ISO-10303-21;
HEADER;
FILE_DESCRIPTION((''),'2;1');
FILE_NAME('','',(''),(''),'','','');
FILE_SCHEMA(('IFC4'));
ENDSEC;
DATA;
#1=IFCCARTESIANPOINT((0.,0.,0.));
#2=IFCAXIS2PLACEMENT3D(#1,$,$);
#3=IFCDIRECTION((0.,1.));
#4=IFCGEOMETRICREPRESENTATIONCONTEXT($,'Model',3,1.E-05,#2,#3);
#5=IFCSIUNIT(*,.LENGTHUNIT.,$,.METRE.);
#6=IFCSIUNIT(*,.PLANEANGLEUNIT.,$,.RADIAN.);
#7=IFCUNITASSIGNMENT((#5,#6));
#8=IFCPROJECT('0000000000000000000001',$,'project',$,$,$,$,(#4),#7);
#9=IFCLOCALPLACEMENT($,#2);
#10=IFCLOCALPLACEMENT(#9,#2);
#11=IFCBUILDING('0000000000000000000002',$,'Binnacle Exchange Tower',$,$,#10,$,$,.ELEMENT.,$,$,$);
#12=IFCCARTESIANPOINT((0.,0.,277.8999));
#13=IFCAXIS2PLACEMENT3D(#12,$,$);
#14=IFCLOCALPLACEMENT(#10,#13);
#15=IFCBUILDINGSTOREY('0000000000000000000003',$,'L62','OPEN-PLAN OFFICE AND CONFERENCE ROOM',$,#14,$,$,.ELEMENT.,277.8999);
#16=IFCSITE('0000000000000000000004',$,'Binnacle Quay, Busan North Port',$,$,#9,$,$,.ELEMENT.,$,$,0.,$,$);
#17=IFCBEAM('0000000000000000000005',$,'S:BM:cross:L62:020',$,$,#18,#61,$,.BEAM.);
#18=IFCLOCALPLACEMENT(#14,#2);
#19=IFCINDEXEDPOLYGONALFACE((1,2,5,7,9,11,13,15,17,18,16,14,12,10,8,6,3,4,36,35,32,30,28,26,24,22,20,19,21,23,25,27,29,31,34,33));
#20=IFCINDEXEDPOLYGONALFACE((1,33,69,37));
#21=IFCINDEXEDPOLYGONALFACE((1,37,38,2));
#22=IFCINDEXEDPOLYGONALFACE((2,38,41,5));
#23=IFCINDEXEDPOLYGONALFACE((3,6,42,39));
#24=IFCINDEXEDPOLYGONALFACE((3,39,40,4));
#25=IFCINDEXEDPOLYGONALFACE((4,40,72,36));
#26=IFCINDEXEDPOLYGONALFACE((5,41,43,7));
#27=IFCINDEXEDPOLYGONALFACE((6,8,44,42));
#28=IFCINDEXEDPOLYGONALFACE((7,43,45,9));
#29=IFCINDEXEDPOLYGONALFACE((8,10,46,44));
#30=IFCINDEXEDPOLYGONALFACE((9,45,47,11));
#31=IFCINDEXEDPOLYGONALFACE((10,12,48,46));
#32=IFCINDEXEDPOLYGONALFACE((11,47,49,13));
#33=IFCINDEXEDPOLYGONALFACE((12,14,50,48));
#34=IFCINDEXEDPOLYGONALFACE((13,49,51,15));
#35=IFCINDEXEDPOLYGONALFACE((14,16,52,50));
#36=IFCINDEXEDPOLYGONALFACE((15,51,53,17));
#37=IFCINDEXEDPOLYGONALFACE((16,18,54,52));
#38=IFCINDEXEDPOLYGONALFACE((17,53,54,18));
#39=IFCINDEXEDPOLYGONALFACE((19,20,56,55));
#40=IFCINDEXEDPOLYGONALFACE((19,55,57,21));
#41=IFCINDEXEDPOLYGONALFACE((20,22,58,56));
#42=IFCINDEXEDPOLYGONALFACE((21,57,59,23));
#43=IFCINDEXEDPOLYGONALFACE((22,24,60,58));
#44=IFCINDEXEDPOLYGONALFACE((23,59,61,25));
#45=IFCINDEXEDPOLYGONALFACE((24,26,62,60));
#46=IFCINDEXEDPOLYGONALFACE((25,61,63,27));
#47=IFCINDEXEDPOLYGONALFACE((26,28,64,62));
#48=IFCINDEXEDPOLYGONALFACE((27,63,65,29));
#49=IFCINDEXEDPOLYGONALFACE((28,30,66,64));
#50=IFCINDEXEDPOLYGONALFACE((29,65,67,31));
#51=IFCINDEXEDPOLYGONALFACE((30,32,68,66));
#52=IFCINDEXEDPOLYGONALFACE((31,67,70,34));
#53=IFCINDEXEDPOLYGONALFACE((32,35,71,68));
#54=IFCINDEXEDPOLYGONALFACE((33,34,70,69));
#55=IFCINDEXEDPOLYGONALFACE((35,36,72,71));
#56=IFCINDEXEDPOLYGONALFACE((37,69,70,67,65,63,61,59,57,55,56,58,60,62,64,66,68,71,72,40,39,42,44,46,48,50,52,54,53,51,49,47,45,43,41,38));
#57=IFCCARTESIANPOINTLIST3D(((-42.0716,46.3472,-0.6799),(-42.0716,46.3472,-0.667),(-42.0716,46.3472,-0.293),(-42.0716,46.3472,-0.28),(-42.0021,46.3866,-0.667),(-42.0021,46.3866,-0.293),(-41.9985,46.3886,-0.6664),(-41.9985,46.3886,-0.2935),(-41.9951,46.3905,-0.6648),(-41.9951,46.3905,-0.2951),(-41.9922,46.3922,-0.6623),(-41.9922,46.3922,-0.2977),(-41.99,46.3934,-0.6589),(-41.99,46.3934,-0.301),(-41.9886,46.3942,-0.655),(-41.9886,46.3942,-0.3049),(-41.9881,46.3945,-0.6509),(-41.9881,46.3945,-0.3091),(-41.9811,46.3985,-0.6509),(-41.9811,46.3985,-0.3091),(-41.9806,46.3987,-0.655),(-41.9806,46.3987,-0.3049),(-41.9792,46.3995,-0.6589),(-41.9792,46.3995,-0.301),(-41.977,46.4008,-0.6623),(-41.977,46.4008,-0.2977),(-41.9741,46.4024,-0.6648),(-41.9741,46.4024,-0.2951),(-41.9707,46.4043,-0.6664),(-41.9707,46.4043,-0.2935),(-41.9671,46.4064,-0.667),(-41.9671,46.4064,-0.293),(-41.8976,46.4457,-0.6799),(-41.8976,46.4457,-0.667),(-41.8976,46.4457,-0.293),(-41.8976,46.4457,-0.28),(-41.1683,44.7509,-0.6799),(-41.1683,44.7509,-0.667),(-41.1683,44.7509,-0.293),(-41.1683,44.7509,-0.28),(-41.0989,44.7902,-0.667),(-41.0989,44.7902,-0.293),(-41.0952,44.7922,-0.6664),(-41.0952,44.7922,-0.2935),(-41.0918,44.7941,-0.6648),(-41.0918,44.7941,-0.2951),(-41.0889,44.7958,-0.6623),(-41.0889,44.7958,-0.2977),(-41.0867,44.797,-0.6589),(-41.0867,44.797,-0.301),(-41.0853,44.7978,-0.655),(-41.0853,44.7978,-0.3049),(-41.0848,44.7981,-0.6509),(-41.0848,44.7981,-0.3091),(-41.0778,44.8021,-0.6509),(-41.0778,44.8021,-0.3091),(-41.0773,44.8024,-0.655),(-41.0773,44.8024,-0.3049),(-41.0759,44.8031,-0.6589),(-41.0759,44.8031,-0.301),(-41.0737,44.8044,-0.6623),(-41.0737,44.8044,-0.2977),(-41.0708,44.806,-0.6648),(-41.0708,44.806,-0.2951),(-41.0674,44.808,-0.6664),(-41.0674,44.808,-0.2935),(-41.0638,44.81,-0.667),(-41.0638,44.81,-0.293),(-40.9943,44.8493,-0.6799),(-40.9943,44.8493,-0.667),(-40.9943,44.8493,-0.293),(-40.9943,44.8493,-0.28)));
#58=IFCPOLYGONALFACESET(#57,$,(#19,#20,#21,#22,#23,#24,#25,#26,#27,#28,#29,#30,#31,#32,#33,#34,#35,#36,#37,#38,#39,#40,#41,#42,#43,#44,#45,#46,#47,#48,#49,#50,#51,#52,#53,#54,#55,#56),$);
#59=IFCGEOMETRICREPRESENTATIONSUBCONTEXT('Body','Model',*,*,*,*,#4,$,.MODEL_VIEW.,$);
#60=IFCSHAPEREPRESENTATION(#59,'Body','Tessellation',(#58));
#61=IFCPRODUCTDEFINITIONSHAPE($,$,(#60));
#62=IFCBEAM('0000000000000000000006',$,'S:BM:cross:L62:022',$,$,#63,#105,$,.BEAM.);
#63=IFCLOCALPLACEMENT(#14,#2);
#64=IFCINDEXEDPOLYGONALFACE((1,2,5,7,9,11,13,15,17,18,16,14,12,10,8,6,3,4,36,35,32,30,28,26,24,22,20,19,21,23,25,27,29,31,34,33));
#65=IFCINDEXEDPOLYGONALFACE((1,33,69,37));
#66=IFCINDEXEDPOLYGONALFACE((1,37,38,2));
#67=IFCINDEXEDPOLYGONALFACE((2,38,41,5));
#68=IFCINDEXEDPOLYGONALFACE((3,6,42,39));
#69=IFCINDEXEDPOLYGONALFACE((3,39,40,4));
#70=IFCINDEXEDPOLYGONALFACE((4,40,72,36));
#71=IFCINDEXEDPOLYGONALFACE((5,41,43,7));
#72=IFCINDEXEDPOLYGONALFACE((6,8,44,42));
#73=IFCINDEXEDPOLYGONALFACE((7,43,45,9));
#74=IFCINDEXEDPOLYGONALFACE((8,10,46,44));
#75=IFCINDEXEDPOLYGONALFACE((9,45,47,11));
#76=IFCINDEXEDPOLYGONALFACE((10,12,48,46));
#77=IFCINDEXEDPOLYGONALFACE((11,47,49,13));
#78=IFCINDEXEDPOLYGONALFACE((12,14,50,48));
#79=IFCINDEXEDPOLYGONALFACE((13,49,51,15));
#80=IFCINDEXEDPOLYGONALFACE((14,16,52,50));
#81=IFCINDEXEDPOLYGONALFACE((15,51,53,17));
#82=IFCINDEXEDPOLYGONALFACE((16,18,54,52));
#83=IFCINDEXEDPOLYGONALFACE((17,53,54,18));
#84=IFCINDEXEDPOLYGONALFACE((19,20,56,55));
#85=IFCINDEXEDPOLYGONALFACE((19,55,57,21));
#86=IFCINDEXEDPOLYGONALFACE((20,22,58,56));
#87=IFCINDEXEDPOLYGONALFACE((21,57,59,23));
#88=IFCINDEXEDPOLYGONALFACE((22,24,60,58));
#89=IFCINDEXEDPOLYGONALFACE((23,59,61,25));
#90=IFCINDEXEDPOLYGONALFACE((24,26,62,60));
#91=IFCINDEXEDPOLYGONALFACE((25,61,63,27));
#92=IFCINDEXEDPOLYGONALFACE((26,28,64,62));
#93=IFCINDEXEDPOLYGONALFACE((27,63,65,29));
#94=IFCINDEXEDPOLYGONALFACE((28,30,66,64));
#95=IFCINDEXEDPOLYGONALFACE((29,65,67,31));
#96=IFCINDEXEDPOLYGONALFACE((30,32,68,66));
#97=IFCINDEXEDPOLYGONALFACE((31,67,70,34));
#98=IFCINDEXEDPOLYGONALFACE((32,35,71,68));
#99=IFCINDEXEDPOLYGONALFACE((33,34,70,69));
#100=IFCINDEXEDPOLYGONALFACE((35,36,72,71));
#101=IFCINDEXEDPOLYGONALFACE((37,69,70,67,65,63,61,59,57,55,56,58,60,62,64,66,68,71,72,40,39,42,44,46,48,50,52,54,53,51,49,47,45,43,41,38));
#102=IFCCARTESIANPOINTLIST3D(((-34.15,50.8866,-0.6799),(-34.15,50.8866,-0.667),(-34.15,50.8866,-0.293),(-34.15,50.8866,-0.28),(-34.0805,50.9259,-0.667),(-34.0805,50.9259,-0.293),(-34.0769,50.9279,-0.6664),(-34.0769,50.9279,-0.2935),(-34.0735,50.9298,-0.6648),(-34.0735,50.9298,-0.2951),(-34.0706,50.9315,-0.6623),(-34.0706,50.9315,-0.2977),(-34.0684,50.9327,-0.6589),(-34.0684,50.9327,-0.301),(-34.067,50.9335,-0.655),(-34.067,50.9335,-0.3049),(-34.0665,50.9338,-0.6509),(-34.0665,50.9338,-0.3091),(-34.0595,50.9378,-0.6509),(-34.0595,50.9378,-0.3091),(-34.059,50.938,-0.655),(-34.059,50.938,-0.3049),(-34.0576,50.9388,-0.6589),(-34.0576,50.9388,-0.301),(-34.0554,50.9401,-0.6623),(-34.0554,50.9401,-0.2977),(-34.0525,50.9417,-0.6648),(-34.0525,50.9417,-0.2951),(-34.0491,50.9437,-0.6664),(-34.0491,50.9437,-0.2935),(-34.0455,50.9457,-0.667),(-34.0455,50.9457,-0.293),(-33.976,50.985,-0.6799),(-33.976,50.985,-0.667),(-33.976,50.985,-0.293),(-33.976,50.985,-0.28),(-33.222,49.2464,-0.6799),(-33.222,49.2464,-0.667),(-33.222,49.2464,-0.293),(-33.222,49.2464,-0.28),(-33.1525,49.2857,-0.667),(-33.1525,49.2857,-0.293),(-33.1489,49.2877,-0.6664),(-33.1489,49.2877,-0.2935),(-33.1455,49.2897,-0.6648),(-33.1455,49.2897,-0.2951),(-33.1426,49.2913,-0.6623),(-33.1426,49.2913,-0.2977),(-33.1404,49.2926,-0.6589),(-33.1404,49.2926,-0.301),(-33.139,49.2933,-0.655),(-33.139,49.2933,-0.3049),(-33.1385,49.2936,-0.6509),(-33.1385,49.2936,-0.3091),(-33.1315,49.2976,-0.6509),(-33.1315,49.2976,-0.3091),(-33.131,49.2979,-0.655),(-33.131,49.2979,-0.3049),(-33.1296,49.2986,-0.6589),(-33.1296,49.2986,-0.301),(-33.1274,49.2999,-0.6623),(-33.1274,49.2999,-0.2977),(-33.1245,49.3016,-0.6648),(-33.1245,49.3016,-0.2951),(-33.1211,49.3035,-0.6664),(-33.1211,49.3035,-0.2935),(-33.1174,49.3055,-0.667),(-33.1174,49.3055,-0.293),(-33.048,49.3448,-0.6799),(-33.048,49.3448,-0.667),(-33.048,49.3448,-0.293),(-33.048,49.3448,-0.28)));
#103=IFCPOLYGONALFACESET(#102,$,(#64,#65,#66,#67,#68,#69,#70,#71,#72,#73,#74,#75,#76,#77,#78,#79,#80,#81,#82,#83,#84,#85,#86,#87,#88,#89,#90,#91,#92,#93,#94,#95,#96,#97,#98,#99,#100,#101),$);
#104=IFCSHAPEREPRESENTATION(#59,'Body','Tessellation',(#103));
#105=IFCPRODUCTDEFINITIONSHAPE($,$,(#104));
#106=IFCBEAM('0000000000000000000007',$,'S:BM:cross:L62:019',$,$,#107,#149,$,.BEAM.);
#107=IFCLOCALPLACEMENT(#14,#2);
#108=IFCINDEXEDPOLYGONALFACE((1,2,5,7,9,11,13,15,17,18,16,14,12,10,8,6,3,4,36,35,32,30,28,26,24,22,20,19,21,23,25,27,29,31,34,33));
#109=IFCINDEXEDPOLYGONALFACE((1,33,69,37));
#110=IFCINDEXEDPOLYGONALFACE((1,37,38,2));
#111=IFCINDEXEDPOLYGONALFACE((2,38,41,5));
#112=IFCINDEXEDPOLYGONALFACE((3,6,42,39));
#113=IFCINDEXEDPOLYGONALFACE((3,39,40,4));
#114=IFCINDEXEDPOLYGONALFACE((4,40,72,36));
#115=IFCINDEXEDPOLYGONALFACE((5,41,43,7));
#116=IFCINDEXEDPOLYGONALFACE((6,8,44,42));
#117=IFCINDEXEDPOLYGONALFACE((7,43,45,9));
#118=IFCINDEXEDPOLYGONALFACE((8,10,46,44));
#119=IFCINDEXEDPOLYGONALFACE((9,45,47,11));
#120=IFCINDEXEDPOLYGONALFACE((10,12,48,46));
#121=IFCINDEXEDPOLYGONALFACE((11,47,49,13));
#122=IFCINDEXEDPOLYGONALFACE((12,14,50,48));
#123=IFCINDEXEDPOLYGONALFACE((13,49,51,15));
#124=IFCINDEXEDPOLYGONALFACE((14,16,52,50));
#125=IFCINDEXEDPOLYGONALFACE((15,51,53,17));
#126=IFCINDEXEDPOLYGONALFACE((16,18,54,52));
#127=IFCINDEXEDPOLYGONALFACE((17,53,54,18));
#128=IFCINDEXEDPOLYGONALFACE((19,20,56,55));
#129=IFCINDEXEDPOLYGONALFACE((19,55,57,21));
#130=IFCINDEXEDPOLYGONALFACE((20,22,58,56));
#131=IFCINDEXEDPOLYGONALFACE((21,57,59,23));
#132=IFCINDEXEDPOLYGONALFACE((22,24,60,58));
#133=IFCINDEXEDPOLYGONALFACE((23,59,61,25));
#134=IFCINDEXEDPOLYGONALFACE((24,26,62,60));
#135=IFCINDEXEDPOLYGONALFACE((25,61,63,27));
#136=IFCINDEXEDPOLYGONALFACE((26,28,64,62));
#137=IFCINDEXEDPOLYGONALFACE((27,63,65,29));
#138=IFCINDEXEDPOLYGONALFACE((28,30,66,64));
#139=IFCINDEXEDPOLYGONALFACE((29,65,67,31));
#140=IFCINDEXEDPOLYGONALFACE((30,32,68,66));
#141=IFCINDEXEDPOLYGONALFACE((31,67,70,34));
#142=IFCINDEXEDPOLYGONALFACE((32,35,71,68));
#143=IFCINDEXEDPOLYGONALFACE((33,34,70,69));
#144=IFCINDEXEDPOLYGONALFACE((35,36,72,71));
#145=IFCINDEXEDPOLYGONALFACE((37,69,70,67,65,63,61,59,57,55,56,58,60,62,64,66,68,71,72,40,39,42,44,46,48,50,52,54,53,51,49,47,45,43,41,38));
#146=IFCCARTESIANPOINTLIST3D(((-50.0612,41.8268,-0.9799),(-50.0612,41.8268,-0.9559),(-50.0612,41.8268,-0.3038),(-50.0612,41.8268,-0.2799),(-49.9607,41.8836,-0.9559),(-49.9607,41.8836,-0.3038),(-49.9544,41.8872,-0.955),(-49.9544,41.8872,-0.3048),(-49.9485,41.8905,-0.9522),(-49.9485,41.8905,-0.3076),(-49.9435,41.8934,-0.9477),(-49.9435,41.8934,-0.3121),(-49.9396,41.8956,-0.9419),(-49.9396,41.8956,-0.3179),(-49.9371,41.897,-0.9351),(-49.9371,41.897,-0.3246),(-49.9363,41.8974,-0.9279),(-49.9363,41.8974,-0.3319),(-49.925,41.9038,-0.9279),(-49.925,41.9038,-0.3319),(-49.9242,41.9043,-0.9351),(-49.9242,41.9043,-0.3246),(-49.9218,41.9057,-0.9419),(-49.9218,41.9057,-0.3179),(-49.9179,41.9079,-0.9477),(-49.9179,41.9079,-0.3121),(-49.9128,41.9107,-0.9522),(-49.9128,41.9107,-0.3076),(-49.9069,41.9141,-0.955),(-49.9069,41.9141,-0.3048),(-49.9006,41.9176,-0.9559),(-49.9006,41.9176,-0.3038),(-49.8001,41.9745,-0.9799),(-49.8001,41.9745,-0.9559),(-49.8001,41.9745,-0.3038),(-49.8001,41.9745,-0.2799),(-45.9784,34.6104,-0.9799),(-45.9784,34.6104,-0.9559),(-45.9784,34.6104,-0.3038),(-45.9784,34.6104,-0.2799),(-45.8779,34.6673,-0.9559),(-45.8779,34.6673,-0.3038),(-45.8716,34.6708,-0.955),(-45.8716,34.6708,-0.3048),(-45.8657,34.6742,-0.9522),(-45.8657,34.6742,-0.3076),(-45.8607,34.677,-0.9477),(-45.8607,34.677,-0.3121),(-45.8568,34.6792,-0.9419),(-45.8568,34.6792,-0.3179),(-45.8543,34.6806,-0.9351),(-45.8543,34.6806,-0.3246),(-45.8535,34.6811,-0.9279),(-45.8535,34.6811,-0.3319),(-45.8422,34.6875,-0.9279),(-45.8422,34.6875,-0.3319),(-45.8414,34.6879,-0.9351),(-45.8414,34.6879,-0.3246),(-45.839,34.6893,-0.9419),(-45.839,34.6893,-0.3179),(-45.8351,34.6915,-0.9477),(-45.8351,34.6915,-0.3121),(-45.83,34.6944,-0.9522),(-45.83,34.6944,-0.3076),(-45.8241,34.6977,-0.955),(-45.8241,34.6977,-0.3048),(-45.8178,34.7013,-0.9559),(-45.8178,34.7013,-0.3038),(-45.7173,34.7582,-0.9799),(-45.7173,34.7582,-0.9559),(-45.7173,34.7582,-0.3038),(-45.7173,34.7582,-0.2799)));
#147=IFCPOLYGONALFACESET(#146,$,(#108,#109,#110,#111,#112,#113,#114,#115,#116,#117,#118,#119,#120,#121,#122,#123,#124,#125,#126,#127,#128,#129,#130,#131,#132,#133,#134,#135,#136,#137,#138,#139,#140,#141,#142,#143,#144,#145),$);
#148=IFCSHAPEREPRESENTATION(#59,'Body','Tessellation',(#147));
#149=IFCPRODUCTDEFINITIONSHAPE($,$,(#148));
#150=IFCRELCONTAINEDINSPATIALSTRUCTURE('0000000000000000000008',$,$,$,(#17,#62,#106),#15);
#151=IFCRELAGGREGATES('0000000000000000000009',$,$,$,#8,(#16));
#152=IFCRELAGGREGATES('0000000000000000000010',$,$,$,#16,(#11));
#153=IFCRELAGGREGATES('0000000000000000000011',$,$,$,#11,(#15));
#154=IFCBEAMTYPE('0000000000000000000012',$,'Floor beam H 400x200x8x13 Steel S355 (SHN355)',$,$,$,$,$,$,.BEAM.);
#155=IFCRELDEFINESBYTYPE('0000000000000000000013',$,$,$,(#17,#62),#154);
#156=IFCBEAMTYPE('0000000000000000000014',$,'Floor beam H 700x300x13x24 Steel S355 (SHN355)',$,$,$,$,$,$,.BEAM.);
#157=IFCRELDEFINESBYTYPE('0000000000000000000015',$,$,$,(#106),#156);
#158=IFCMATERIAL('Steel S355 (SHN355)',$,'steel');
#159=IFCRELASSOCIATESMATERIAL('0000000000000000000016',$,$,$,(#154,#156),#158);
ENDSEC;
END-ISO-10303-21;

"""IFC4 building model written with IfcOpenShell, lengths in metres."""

from ifc_helpers import new_model, si_unit, direction, frame, origin, origin_2d, place, context, subcontext, project, spatial, i_section, extrude, material, material_profile, profile_set, type_object, element, save


model = new_model("IFC4")

# Units and contexts
model_context = context("Model", 3, precision=1e-05, world=origin(), true_north=direction((0.0, 1.0)))
body_context = subcontext(model_context, "Body", "Model", "MODEL_VIEW")
ifc_project = project(units=[si_unit("LENGTHUNIT", "METRE"), si_unit("PLANEANGLEUNIT", "RADIAN")], contexts=[model_context])

# Site, building, storey
site_placement = place(None, origin())
site = spatial("IfcSite", under=ifc_project, at=site_placement, Name="Binnacle Quay, Busan North Port", CompositionType="ELEMENT", RefElevation=0.0)
building_placement = place(site_placement, origin())
building = spatial("IfcBuilding", under=site, at=building_placement, Name="Binnacle Exchange Tower", CompositionType="ELEMENT")
storey_placement = place(building_placement, frame((0.0, 0.0, 277.8999)))
storey = spatial("IfcBuildingStorey", under=building, at=storey_placement, Name="L62", Description="OPEN-PLAN OFFICE AND CONFERENCE ROOM", CompositionType="ELEMENT", Elevation=277.8999)

# Beams
ifc_material_1 = material(Name="Steel S355 (SHN355)", Category="steel")
ifc_material_profile_1 = material_profile(ifc_material_1, i_section(OverallWidth=0.2, OverallDepth=0.3999, WebThickness=0.0081, FlangeThickness=0.0129, FilletRadius=0.0161, at=origin_2d()), Name="H 400x200x8x13")
ifc_profile_set_1 = profile_set([ifc_material_profile_1], Name="Steel S355 (SHN355)")
beam_type_1 = type_object("IfcBeamType", Name="Floor beam H 400x200x8x13 Steel S355 (SHN355)", PredefinedType="BEAM", material=ifc_profile_set_1)
beam_1_placement = place(storey_placement, frame((-41.9846, 46.3965, -0.48), z_axis=(0.492465, -0.870332, 0.0), x_axis=(0.870332, 0.492465, 0.0)))
element("IfcBeam", 1, at=beam_1_placement, inside=storey, type_object=beam_type_1, Name="S:BM:cross:L62:020", PredefinedType="BEAM", context=body_context, shape_type="SweptSolid", body=[
    extrude(i_section(OverallWidth=0.2, OverallDepth=0.3999, WebThickness=0.0081, FlangeThickness=0.0129, FilletRadius=0.0161, at=origin_2d()), origin(), (0.0, 0.0, 1.0), 1.8342),
])
beam_2_placement = place(storey_placement, frame((-34.063, 50.9358, -0.48), z_axis=(0.492437, -0.870348, 0.0), x_axis=(0.870348, 0.492437, 0.0)))
element("IfcBeam", 2, at=beam_2_placement, inside=storey, type_object=beam_type_1, Name="S:BM:cross:L62:022", PredefinedType="BEAM", context=body_context, shape_type="SweptSolid", body=[
    extrude(i_section(OverallWidth=0.2, OverallDepth=0.3999, WebThickness=0.0081, FlangeThickness=0.0129, FilletRadius=0.0161, at=origin_2d()), origin(), (0.0, 0.0, 1.0), 1.8845),
])
ifc_material_profile_2 = material_profile(ifc_material_1, i_section(OverallWidth=0.3, OverallDepth=0.7, WebThickness=0.0129, FlangeThickness=0.0239, FilletRadius=0.0281, at=origin_2d()), Name="H 700x300x13x24")
ifc_profile_set_2 = profile_set([ifc_material_profile_2], Name="Steel S355 (SHN355)")
beam_type_2 = type_object("IfcBeamType", Name="Floor beam H 700x300x13x24 Steel S355 (SHN355)", PredefinedType="BEAM", material=ifc_profile_set_2)
beam_3_placement = place(storey_placement, frame((-49.9307, 41.9006, -0.6299), z_axis=(0.492421, -0.870357, 0.0), x_axis=(0.870357, 0.492421, 0.0)))
element("IfcBeam", 3, at=beam_3_placement, inside=storey, type_object=beam_type_2, Name="S:BM:cross:L62:019", PredefinedType="BEAM", context=body_context, shape_type="SweptSolid", body=[
    extrude(i_section(OverallWidth=0.3, OverallDepth=0.7, WebThickness=0.0129, FlangeThickness=0.0239, FilletRadius=0.0281, at=origin_2d()), origin(), (0.0, 0.0, 1.0), 8.2913),
])

save(model, "model.ifc")
